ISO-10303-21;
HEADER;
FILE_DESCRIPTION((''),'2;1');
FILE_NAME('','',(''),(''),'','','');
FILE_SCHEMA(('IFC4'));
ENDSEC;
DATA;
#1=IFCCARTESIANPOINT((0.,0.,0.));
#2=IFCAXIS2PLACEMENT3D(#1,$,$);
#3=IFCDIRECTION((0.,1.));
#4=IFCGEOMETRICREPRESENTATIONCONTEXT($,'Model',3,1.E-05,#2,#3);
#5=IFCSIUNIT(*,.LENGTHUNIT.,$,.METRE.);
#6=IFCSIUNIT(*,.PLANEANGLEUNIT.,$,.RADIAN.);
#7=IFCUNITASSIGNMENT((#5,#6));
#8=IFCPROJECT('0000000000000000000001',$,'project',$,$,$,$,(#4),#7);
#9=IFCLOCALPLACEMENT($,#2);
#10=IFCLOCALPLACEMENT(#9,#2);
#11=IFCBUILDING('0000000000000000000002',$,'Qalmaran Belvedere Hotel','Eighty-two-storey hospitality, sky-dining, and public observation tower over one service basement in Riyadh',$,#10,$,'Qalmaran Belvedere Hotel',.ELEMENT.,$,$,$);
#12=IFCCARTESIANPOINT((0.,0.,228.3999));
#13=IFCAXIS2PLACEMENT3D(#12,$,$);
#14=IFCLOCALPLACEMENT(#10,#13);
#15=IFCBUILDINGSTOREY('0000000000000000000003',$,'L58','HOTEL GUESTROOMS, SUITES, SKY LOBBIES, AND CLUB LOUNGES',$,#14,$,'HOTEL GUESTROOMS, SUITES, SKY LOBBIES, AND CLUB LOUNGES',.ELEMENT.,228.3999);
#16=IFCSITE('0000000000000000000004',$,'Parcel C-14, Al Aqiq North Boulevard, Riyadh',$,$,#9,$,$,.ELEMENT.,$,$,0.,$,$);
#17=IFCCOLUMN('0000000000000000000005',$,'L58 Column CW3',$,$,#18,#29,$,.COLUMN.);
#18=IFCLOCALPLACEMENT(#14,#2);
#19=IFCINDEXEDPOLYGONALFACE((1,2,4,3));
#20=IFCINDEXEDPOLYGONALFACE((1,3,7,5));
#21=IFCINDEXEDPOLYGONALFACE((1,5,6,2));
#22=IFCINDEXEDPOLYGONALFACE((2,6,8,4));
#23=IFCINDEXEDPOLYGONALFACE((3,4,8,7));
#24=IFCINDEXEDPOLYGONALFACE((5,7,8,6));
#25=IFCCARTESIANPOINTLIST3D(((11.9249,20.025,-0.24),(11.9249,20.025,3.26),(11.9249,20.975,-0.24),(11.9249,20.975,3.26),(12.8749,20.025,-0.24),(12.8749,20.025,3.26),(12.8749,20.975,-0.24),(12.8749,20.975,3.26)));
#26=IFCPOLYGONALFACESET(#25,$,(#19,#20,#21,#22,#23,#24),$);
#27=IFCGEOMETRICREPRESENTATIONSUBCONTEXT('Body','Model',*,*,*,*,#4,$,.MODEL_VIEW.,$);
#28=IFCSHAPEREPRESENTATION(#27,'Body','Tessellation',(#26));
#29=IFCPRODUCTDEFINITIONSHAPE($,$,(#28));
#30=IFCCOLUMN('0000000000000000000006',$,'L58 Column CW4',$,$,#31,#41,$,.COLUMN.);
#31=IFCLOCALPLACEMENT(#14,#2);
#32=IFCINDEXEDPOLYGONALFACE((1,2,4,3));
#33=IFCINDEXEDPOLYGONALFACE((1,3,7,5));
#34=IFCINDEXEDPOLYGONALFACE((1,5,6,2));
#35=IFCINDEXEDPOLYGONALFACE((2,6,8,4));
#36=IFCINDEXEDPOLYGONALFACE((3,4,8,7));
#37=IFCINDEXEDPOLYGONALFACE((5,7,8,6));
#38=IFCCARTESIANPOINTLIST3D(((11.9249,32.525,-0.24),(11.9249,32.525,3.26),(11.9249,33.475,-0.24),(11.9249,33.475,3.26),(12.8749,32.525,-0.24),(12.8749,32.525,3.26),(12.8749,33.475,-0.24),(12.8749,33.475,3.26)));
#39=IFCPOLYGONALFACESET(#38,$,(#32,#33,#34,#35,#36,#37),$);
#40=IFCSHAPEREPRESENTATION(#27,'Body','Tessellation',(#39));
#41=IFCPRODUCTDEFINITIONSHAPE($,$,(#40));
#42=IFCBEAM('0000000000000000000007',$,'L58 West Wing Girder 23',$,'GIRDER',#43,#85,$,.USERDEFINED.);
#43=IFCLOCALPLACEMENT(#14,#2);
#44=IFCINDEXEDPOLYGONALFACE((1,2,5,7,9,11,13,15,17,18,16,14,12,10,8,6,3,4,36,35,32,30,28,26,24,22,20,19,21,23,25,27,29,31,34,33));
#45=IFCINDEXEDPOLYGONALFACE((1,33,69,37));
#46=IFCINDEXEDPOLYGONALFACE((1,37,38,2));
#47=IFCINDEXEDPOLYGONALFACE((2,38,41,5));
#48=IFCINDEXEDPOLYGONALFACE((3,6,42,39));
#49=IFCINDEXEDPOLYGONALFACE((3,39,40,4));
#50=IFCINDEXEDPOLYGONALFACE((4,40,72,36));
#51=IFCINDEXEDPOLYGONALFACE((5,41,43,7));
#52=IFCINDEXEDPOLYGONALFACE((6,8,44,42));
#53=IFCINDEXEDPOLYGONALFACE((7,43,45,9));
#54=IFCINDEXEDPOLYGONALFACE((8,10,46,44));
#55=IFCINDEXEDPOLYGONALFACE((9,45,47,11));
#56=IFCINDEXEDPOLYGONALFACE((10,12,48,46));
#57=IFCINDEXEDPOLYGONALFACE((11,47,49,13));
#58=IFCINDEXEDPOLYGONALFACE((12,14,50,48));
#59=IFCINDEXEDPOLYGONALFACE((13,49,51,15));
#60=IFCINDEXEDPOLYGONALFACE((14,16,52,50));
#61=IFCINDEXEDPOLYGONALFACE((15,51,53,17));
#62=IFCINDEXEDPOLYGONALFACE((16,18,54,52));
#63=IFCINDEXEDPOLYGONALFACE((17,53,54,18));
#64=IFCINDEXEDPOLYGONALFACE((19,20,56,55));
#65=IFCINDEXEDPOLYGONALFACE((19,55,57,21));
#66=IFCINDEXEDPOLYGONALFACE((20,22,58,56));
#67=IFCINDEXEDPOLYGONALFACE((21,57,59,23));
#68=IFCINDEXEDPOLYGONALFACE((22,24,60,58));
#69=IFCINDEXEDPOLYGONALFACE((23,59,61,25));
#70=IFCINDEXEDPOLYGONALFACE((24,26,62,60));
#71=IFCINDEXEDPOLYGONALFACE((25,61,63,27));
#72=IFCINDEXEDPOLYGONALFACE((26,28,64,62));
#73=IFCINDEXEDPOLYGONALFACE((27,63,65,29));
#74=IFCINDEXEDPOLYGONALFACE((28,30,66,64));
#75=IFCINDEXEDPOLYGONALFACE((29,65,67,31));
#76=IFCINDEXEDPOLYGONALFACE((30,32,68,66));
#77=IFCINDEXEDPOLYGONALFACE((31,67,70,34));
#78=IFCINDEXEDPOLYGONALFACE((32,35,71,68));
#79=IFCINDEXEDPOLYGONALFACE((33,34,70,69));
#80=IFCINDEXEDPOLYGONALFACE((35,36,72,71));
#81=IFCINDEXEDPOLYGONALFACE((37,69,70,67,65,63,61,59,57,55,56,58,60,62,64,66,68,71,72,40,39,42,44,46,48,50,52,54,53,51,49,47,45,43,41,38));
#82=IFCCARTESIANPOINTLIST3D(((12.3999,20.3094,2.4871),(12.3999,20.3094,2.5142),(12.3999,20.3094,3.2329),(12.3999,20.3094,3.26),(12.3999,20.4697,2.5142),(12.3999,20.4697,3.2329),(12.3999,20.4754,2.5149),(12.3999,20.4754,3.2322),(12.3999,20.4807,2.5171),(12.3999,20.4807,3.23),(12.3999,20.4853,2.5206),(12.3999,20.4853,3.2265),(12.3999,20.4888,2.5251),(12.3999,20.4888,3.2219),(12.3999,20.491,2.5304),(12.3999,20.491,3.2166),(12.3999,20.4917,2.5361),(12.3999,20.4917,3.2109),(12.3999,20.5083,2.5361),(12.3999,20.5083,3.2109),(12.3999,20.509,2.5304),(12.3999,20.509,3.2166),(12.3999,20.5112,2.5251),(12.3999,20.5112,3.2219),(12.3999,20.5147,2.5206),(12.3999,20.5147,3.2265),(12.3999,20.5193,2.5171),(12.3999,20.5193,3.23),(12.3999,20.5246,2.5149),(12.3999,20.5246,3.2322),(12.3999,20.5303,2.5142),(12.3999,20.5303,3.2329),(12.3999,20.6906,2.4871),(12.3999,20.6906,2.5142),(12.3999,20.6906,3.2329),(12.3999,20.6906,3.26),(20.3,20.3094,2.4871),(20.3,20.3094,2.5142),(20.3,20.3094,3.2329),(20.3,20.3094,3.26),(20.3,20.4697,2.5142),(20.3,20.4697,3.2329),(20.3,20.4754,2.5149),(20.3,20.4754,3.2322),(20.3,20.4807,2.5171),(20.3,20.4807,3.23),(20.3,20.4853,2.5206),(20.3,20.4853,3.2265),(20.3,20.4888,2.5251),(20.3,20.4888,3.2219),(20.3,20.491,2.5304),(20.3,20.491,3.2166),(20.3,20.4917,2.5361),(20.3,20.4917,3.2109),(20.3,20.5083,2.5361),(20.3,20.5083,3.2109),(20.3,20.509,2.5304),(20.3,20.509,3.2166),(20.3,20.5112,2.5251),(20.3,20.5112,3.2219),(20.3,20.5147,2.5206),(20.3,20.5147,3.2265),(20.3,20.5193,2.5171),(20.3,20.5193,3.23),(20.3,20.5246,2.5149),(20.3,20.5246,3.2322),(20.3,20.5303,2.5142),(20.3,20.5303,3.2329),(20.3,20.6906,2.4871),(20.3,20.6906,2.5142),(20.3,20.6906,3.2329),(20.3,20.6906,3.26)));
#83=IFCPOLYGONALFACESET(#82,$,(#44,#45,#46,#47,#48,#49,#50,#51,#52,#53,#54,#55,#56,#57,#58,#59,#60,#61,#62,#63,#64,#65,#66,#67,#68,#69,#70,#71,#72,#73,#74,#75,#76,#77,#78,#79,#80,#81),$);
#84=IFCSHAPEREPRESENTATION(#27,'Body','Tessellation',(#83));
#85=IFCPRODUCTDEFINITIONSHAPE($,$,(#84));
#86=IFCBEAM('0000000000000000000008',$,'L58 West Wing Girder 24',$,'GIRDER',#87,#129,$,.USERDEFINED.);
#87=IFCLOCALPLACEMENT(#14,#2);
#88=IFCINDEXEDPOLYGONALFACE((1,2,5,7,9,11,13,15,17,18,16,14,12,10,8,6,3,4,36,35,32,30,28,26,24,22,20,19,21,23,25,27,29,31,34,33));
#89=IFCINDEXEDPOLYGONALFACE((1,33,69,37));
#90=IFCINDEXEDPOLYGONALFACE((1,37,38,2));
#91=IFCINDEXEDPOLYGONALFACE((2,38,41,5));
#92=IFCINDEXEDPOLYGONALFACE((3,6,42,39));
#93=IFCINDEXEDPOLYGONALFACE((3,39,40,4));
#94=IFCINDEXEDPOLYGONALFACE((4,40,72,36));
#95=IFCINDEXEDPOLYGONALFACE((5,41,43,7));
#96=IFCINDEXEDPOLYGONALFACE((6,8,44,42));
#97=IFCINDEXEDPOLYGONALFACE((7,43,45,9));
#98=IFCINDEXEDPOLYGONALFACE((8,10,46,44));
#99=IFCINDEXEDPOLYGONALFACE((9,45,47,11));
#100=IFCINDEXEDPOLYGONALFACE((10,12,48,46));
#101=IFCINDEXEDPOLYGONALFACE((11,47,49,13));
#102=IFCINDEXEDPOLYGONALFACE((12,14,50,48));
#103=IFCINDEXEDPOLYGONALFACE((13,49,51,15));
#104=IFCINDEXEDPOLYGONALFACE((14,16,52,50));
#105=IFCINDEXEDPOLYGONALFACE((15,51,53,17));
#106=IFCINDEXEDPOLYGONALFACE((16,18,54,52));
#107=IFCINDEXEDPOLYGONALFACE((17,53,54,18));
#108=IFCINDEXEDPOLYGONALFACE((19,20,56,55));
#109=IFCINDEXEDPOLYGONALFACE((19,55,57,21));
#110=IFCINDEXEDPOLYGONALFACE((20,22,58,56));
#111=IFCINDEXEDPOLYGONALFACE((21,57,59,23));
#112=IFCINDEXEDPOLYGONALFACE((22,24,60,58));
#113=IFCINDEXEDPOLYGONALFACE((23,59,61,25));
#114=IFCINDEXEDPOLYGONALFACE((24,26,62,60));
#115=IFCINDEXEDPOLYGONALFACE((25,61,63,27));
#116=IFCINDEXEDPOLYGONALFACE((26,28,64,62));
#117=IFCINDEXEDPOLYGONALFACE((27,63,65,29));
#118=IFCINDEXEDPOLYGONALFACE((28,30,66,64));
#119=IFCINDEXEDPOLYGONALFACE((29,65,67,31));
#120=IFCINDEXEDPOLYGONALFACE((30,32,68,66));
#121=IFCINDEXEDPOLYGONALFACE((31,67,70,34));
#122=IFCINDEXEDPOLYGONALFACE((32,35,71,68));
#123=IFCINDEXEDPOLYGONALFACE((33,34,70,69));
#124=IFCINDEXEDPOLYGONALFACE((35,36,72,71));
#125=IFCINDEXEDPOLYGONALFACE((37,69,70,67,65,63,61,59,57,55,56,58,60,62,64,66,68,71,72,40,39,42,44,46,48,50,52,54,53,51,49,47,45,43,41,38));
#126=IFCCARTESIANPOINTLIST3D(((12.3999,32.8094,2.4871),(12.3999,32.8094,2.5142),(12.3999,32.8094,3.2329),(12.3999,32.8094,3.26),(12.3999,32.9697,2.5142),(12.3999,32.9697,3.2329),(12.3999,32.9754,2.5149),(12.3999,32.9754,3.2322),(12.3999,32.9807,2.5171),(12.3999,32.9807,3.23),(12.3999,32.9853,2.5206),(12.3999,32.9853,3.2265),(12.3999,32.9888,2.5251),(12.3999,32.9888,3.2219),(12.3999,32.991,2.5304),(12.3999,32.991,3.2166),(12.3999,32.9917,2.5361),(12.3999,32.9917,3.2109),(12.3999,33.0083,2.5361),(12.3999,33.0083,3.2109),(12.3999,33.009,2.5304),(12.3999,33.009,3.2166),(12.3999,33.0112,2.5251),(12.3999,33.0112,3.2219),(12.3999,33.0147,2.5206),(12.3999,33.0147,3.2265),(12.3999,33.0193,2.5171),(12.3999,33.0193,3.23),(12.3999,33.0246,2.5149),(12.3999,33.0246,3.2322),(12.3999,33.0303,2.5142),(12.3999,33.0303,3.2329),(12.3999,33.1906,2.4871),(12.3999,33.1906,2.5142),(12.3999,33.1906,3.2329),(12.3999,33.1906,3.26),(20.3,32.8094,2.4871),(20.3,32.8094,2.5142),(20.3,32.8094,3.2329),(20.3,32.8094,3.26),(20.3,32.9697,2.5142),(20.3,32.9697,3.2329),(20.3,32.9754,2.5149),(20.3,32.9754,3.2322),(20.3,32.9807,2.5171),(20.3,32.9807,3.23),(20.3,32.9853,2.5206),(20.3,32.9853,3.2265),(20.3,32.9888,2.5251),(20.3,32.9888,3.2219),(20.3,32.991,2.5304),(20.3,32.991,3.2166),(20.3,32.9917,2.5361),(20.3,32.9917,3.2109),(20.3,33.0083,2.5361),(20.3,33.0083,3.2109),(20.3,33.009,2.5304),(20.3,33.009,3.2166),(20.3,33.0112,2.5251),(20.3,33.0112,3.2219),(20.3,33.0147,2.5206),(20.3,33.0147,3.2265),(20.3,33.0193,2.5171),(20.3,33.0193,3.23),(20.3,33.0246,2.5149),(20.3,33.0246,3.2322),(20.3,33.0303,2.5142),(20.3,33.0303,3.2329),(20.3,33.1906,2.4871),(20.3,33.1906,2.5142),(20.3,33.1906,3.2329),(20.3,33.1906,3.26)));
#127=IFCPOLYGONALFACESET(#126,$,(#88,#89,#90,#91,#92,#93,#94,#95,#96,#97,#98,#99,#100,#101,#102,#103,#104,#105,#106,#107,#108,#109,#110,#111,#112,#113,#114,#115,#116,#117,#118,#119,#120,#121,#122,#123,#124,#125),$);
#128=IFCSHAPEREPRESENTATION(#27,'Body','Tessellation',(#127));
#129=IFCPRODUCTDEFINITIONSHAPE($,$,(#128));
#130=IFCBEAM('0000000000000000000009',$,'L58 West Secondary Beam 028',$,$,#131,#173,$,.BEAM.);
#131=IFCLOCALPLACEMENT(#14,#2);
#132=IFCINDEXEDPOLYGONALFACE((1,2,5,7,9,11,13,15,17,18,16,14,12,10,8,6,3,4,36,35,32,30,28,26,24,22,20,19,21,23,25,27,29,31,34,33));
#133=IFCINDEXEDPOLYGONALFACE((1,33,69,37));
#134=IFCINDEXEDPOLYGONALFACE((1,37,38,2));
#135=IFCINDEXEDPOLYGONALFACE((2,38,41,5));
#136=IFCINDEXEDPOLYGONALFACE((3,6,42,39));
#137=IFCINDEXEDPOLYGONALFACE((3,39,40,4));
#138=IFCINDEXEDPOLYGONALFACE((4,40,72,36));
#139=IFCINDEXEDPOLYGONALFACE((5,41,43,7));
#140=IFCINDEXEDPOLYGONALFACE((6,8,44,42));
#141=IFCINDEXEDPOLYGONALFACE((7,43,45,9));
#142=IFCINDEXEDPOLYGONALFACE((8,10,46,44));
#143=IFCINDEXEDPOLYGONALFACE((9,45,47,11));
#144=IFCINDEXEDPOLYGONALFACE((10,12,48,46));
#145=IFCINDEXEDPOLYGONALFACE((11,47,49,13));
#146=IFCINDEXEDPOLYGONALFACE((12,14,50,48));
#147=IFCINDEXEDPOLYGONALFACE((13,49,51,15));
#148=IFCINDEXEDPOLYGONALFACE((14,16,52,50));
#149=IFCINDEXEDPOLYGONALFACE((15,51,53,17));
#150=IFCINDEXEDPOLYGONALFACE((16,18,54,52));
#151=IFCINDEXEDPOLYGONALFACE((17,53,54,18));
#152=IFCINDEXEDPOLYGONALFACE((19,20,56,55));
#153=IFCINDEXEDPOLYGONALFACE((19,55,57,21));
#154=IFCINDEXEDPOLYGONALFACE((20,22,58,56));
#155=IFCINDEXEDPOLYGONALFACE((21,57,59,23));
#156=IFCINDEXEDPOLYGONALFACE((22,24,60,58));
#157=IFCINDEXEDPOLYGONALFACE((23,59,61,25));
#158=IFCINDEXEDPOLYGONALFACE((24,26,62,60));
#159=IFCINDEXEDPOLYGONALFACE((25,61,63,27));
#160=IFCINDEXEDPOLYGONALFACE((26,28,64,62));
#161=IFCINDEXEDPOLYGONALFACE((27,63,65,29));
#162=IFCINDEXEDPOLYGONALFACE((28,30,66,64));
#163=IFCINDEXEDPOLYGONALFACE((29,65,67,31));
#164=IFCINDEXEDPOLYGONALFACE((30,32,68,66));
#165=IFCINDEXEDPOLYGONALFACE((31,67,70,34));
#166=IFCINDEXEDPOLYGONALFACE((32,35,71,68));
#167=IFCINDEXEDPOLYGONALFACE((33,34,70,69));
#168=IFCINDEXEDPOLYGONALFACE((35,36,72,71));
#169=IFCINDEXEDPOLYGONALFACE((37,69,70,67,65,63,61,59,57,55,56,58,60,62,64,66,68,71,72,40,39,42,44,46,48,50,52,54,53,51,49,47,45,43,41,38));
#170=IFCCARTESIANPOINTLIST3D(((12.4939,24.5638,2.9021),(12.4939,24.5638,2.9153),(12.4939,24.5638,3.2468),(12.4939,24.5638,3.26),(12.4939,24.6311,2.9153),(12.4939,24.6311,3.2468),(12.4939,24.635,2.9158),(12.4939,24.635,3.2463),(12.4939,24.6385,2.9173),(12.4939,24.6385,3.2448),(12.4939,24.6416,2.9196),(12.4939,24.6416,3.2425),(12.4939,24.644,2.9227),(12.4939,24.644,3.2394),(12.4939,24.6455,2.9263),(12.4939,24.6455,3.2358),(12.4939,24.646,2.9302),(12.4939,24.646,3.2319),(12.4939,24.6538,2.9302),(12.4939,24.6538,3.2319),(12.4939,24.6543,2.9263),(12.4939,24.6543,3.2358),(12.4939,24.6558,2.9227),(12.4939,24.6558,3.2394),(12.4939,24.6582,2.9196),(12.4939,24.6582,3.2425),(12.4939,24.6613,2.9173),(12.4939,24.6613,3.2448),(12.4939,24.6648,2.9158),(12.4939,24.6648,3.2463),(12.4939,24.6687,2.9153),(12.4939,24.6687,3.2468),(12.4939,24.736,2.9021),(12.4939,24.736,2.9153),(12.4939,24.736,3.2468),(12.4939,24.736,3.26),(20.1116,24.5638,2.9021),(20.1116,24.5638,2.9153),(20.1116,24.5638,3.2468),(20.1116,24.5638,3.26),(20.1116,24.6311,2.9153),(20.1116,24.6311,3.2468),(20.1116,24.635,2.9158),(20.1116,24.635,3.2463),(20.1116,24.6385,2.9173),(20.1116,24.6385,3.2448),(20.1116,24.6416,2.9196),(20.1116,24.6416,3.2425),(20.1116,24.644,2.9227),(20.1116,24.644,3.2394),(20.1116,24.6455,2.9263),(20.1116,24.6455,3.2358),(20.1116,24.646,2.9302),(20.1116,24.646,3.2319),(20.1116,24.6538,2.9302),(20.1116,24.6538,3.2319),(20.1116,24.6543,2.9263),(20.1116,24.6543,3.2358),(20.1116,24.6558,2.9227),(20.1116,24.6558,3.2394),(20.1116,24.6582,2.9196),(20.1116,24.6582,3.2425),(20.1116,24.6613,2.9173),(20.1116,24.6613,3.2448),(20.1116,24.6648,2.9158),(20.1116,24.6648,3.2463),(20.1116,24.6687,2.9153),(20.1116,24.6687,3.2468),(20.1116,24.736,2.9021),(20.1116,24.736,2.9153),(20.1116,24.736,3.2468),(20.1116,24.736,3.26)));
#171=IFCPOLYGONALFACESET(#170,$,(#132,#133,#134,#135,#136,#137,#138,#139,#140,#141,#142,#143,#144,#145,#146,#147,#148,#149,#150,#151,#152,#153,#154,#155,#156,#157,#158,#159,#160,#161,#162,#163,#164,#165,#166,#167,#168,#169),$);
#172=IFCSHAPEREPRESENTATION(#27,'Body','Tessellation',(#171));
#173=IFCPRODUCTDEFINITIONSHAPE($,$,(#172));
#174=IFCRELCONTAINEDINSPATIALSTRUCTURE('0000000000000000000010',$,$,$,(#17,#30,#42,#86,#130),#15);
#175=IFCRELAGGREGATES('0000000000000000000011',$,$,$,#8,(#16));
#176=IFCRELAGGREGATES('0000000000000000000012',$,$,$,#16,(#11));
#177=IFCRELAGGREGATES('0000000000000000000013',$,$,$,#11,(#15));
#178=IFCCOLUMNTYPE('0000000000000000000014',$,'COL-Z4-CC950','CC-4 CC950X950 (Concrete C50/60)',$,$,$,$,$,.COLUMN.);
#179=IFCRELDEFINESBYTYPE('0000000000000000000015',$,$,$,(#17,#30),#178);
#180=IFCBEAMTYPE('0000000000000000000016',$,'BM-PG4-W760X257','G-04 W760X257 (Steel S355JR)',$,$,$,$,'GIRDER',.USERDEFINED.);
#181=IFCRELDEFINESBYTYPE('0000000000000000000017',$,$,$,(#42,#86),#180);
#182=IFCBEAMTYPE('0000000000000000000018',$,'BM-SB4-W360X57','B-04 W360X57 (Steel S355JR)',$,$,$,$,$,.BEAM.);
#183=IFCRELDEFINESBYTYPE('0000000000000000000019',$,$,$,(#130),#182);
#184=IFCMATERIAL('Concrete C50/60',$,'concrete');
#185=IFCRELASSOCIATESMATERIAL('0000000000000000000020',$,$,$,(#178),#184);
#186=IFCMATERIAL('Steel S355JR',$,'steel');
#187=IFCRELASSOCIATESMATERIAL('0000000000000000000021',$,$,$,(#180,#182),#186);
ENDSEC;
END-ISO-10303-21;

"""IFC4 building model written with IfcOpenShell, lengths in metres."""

from ifc_helpers import new_model, si_unit, direction, frame, origin, origin_2d, place, context, subcontext, project, spatial, rectangle, i_section, extrude, material, material_profile, profile_set, type_object, element, save


model = new_model("IFC4")

# Units and contexts
model_context = context("Model", 3, precision=1e-05, world=origin(), true_north=direction((0.0, 1.0)))
body_context = subcontext(model_context, "Body", "Model", "MODEL_VIEW")
ifc_project = project(units=[si_unit("LENGTHUNIT", "METRE"), si_unit("PLANEANGLEUNIT", "RADIAN")], contexts=[model_context])

# Site, building, storey
site_placement = place(None, origin())
site = spatial("IfcSite", under=ifc_project, at=site_placement, Name="Parcel C-14, Al Aqiq North Boulevard, Riyadh", CompositionType="ELEMENT", RefElevation=0.0)
building_placement = place(site_placement, origin())
building = spatial("IfcBuilding", under=site, at=building_placement, Name="Qalmaran Belvedere Hotel", Description="Eighty-two-storey hospitality, sky-dining, and public observation tower over one service basement in Riyadh", LongName="Qalmaran Belvedere Hotel", CompositionType="ELEMENT")
storey_placement = place(building_placement, frame((0.0, 0.0, 228.3999)))
storey = spatial("IfcBuildingStorey", under=building, at=storey_placement, Name="L58", Description="HOTEL GUESTROOMS, SUITES, SKY LOBBIES, AND CLUB LOUNGES", LongName="HOTEL GUESTROOMS, SUITES, SKY LOBBIES, AND CLUB LOUNGES", CompositionType="ELEMENT", Elevation=228.3999)

# Columns
ifc_material_1 = material(Name="Concrete C50/60", Category="concrete")
ifc_material_profile_1 = material_profile(ifc_material_1, rectangle(XDim=0.95, YDim=0.95, at=origin_2d()), Name="CC950X950")
ifc_profile_set_1 = profile_set([ifc_material_profile_1], Name="Concrete C50/60")
column_type = type_object("IfcColumnType", Name="COL-Z4-CC950", Description="CC-4 CC950X950 (Concrete C50/60)", PredefinedType="COLUMN", material=ifc_profile_set_1)
for number, where, z_axis, x_axis, name in (
    (1, (12.3999, 20.5, -0.24), (0.0, 0.0, 1.0), (1.0, 0.0, 0.0), "L58 Column CW3"),
    (2, (12.3999, 33.0, -0.24), (0.0, 0.0, 1.0), (1.0, 0.0, 0.0), "L58 Column CW4"),
):
    element("IfcColumn", number, at=place(storey_placement, frame(where, z_axis=z_axis, x_axis=x_axis)), inside=storey, type_object=column_type, Name=name, PredefinedType="COLUMN", context=body_context, shape_type="SweptSolid", body=[
        extrude(rectangle(XDim=0.95, YDim=0.95, at=origin_2d()), origin(), (0.0, 0.0, 1.0), 3.5),
    ])

# Beams
ifc_material_2 = material(Name="Steel S355JR", Category="steel")
ifc_material_profile_2 = material_profile(ifc_material_2, i_section(OverallWidth=0.3811, OverallDepth=0.7729, WebThickness=0.0166, FlangeThickness=0.0271, FilletRadius=0.022, at=origin_2d()), Name="W760X257")
ifc_profile_set_2 = profile_set([ifc_material_profile_2], Name="Steel S355JR")
beam_type_1 = type_object("IfcBeamType", Name="BM-PG4-W760X257", Description="G-04 W760X257 (Steel S355JR)", ElementType="GIRDER", PredefinedType="USERDEFINED", material=ifc_profile_set_2)
for number, where, z_axis, x_axis, name in (
    (3, (12.3999, 20.5, 2.8735), (1.0, 0.0, 0.0), (0.0, 1.0, 0.0), "L58 West Wing Girder 23"),
    (4, (12.3999, 33.0, 2.8735), (1.0, 0.0, 0.0), (0.0, 1.0, 0.0), "L58 West Wing Girder 24"),
):
    element("IfcBeam", number, at=place(storey_placement, frame(where, z_axis=z_axis, x_axis=x_axis)), inside=storey, type_object=beam_type_1, Name=name, ObjectType="GIRDER", PredefinedType="USERDEFINED", context=body_context, shape_type="SweptSolid", body=[
        extrude(i_section(OverallWidth=0.3811, OverallDepth=0.7729, WebThickness=0.0166, FlangeThickness=0.0271, FilletRadius=0.022, at=origin_2d()), origin(), (0.0, 0.0, 1.0), 7.9001),
    ])
ifc_material_profile_3 = material_profile(ifc_material_2, i_section(OverallWidth=0.1721, OverallDepth=0.3579, WebThickness=0.0078, FlangeThickness=0.0132, FilletRadius=0.0149, at=origin_2d()), Name="W360X57")
ifc_profile_set_3 = profile_set([ifc_material_profile_3], Name="Steel S355JR")
beam_type_2 = type_object("IfcBeamType", Name="BM-SB4-W360X57", Description="B-04 W360X57 (Steel S355JR)", PredefinedType="BEAM", material=ifc_profile_set_3)
for number, where, z_axis, x_axis, name in (
    (5, (12.4939, 24.6499, 3.0811), (1.0, 0.0, 0.0), (0.0, 1.0, 0.0), "L58 West Secondary Beam 028"),
):
    element("IfcBeam", number, at=place(storey_placement, frame(where, z_axis=z_axis, x_axis=x_axis)), inside=storey, type_object=beam_type_2, Name=name, PredefinedType="BEAM", context=body_context, shape_type="SweptSolid", body=[
        extrude(i_section(OverallWidth=0.1721, OverallDepth=0.3579, WebThickness=0.0078, FlangeThickness=0.0132, FilletRadius=0.0149, at=origin_2d()), origin(), (0.0, 0.0, 1.0), 7.6177),
    ])

save(model, "model.ifc")
